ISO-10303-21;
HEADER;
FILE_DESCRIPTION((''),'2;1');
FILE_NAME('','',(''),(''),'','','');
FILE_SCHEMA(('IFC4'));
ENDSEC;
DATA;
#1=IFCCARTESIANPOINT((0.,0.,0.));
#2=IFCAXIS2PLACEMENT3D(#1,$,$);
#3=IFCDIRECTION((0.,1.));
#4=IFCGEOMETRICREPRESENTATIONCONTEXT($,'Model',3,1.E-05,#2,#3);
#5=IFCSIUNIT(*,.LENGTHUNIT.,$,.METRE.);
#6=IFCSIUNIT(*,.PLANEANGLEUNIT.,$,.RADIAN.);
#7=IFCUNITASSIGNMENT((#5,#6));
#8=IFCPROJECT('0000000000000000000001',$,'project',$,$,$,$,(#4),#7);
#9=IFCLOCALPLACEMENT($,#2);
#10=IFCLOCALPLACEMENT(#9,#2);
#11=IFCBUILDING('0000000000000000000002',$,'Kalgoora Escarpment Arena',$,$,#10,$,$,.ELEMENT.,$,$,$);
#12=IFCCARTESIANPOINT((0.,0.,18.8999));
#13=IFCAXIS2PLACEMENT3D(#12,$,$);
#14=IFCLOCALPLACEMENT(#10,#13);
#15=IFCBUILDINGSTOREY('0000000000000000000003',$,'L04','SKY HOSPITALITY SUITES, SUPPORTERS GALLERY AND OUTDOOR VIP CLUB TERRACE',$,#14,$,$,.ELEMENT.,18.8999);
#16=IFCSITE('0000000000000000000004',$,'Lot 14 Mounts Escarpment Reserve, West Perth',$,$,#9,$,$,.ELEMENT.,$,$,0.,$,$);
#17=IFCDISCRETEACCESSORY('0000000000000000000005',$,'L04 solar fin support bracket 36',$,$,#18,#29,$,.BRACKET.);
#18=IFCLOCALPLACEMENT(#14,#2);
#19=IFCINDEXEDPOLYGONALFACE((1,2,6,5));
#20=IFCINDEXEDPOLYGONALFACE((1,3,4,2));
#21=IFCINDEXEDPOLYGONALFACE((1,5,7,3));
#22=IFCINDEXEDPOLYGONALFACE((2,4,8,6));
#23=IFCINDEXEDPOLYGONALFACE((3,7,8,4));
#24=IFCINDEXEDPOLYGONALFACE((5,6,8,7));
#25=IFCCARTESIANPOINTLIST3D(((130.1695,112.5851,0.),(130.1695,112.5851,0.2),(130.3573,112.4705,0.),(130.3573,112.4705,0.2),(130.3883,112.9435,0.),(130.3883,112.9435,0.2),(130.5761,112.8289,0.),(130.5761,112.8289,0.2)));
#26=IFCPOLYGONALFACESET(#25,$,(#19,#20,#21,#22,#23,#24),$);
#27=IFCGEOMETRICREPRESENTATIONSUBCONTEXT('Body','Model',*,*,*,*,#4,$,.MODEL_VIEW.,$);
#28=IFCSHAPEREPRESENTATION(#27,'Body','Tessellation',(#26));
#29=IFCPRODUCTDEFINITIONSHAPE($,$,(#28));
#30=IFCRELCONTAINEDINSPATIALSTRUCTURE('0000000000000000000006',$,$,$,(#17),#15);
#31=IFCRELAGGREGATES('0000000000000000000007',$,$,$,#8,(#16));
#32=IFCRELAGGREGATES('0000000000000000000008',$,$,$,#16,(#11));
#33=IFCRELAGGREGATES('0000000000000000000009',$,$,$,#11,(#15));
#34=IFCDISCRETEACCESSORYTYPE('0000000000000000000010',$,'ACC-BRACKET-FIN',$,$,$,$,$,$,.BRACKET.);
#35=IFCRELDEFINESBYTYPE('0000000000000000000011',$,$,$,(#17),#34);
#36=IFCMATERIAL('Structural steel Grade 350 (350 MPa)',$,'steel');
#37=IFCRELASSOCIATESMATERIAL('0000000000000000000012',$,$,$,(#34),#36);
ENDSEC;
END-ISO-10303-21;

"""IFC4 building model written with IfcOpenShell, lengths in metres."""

from ifc_helpers import new_model, si_unit, direction, frame, origin, origin_2d, place, context, subcontext, project, spatial, rectangle, extrude, material, type_object, element, save


model = new_model("IFC4")

# Units and contexts
model_context = context("Model", 3, precision=1e-05, world=origin(), true_north=direction((0.0, 1.0)))
body_context = subcontext(model_context, "Body", "Model", "MODEL_VIEW")
ifc_project = project(units=[si_unit("LENGTHUNIT", "METRE"), si_unit("PLANEANGLEUNIT", "RADIAN")], contexts=[model_context])

# Site, building, storey
site_placement = place(None, origin())
site = spatial("IfcSite", under=ifc_project, at=site_placement, Name="Lot 14 Mounts Escarpment Reserve, West Perth", CompositionType="ELEMENT", RefElevation=0.0)
building_placement = place(site_placement, origin())
building = spatial("IfcBuilding", under=site, at=building_placement, Name="Kalgoora Escarpment Arena", CompositionType="ELEMENT")
storey_placement = place(building_placement, frame((0.0, 0.0, 18.8999)))
storey = spatial("IfcBuildingStorey", under=building, at=storey_placement, Name="L04", Description="SKY HOSPITALITY SUITES, SUPPORTERS GALLERY AND OUTDOOR VIP CLUB TERRACE", CompositionType="ELEMENT", Elevation=18.8999)

# Discrete accessory
ifc_material_1 = material(Name="Structural steel Grade 350 (350 MPa)", Category="steel")
discrete_accessory_type = type_object("IfcDiscreteAccessoryType", Name="ACC-BRACKET-FIN", PredefinedType="BRACKET", material=ifc_material_1)
discrete_accessory_placement = place(storey_placement, frame((130.3728, 112.707, 0.0), z_axis=(0.0, 0.0, 1.0), x_axis=(0.52101, 0.853551, 0.0)))
element("IfcDiscreteAccessory", 1, at=discrete_accessory_placement, inside=storey, type_object=discrete_accessory_type, Name="L04 solar fin support bracket 36", PredefinedType="BRACKET", context=body_context, shape_type="SweptSolid", body=[
    extrude(rectangle(XDim=0.4199, YDim=0.22, at=origin_2d()), origin(), (0.0, 0.0, 1.0), 0.2),
])

save(model, "model.ifc")
